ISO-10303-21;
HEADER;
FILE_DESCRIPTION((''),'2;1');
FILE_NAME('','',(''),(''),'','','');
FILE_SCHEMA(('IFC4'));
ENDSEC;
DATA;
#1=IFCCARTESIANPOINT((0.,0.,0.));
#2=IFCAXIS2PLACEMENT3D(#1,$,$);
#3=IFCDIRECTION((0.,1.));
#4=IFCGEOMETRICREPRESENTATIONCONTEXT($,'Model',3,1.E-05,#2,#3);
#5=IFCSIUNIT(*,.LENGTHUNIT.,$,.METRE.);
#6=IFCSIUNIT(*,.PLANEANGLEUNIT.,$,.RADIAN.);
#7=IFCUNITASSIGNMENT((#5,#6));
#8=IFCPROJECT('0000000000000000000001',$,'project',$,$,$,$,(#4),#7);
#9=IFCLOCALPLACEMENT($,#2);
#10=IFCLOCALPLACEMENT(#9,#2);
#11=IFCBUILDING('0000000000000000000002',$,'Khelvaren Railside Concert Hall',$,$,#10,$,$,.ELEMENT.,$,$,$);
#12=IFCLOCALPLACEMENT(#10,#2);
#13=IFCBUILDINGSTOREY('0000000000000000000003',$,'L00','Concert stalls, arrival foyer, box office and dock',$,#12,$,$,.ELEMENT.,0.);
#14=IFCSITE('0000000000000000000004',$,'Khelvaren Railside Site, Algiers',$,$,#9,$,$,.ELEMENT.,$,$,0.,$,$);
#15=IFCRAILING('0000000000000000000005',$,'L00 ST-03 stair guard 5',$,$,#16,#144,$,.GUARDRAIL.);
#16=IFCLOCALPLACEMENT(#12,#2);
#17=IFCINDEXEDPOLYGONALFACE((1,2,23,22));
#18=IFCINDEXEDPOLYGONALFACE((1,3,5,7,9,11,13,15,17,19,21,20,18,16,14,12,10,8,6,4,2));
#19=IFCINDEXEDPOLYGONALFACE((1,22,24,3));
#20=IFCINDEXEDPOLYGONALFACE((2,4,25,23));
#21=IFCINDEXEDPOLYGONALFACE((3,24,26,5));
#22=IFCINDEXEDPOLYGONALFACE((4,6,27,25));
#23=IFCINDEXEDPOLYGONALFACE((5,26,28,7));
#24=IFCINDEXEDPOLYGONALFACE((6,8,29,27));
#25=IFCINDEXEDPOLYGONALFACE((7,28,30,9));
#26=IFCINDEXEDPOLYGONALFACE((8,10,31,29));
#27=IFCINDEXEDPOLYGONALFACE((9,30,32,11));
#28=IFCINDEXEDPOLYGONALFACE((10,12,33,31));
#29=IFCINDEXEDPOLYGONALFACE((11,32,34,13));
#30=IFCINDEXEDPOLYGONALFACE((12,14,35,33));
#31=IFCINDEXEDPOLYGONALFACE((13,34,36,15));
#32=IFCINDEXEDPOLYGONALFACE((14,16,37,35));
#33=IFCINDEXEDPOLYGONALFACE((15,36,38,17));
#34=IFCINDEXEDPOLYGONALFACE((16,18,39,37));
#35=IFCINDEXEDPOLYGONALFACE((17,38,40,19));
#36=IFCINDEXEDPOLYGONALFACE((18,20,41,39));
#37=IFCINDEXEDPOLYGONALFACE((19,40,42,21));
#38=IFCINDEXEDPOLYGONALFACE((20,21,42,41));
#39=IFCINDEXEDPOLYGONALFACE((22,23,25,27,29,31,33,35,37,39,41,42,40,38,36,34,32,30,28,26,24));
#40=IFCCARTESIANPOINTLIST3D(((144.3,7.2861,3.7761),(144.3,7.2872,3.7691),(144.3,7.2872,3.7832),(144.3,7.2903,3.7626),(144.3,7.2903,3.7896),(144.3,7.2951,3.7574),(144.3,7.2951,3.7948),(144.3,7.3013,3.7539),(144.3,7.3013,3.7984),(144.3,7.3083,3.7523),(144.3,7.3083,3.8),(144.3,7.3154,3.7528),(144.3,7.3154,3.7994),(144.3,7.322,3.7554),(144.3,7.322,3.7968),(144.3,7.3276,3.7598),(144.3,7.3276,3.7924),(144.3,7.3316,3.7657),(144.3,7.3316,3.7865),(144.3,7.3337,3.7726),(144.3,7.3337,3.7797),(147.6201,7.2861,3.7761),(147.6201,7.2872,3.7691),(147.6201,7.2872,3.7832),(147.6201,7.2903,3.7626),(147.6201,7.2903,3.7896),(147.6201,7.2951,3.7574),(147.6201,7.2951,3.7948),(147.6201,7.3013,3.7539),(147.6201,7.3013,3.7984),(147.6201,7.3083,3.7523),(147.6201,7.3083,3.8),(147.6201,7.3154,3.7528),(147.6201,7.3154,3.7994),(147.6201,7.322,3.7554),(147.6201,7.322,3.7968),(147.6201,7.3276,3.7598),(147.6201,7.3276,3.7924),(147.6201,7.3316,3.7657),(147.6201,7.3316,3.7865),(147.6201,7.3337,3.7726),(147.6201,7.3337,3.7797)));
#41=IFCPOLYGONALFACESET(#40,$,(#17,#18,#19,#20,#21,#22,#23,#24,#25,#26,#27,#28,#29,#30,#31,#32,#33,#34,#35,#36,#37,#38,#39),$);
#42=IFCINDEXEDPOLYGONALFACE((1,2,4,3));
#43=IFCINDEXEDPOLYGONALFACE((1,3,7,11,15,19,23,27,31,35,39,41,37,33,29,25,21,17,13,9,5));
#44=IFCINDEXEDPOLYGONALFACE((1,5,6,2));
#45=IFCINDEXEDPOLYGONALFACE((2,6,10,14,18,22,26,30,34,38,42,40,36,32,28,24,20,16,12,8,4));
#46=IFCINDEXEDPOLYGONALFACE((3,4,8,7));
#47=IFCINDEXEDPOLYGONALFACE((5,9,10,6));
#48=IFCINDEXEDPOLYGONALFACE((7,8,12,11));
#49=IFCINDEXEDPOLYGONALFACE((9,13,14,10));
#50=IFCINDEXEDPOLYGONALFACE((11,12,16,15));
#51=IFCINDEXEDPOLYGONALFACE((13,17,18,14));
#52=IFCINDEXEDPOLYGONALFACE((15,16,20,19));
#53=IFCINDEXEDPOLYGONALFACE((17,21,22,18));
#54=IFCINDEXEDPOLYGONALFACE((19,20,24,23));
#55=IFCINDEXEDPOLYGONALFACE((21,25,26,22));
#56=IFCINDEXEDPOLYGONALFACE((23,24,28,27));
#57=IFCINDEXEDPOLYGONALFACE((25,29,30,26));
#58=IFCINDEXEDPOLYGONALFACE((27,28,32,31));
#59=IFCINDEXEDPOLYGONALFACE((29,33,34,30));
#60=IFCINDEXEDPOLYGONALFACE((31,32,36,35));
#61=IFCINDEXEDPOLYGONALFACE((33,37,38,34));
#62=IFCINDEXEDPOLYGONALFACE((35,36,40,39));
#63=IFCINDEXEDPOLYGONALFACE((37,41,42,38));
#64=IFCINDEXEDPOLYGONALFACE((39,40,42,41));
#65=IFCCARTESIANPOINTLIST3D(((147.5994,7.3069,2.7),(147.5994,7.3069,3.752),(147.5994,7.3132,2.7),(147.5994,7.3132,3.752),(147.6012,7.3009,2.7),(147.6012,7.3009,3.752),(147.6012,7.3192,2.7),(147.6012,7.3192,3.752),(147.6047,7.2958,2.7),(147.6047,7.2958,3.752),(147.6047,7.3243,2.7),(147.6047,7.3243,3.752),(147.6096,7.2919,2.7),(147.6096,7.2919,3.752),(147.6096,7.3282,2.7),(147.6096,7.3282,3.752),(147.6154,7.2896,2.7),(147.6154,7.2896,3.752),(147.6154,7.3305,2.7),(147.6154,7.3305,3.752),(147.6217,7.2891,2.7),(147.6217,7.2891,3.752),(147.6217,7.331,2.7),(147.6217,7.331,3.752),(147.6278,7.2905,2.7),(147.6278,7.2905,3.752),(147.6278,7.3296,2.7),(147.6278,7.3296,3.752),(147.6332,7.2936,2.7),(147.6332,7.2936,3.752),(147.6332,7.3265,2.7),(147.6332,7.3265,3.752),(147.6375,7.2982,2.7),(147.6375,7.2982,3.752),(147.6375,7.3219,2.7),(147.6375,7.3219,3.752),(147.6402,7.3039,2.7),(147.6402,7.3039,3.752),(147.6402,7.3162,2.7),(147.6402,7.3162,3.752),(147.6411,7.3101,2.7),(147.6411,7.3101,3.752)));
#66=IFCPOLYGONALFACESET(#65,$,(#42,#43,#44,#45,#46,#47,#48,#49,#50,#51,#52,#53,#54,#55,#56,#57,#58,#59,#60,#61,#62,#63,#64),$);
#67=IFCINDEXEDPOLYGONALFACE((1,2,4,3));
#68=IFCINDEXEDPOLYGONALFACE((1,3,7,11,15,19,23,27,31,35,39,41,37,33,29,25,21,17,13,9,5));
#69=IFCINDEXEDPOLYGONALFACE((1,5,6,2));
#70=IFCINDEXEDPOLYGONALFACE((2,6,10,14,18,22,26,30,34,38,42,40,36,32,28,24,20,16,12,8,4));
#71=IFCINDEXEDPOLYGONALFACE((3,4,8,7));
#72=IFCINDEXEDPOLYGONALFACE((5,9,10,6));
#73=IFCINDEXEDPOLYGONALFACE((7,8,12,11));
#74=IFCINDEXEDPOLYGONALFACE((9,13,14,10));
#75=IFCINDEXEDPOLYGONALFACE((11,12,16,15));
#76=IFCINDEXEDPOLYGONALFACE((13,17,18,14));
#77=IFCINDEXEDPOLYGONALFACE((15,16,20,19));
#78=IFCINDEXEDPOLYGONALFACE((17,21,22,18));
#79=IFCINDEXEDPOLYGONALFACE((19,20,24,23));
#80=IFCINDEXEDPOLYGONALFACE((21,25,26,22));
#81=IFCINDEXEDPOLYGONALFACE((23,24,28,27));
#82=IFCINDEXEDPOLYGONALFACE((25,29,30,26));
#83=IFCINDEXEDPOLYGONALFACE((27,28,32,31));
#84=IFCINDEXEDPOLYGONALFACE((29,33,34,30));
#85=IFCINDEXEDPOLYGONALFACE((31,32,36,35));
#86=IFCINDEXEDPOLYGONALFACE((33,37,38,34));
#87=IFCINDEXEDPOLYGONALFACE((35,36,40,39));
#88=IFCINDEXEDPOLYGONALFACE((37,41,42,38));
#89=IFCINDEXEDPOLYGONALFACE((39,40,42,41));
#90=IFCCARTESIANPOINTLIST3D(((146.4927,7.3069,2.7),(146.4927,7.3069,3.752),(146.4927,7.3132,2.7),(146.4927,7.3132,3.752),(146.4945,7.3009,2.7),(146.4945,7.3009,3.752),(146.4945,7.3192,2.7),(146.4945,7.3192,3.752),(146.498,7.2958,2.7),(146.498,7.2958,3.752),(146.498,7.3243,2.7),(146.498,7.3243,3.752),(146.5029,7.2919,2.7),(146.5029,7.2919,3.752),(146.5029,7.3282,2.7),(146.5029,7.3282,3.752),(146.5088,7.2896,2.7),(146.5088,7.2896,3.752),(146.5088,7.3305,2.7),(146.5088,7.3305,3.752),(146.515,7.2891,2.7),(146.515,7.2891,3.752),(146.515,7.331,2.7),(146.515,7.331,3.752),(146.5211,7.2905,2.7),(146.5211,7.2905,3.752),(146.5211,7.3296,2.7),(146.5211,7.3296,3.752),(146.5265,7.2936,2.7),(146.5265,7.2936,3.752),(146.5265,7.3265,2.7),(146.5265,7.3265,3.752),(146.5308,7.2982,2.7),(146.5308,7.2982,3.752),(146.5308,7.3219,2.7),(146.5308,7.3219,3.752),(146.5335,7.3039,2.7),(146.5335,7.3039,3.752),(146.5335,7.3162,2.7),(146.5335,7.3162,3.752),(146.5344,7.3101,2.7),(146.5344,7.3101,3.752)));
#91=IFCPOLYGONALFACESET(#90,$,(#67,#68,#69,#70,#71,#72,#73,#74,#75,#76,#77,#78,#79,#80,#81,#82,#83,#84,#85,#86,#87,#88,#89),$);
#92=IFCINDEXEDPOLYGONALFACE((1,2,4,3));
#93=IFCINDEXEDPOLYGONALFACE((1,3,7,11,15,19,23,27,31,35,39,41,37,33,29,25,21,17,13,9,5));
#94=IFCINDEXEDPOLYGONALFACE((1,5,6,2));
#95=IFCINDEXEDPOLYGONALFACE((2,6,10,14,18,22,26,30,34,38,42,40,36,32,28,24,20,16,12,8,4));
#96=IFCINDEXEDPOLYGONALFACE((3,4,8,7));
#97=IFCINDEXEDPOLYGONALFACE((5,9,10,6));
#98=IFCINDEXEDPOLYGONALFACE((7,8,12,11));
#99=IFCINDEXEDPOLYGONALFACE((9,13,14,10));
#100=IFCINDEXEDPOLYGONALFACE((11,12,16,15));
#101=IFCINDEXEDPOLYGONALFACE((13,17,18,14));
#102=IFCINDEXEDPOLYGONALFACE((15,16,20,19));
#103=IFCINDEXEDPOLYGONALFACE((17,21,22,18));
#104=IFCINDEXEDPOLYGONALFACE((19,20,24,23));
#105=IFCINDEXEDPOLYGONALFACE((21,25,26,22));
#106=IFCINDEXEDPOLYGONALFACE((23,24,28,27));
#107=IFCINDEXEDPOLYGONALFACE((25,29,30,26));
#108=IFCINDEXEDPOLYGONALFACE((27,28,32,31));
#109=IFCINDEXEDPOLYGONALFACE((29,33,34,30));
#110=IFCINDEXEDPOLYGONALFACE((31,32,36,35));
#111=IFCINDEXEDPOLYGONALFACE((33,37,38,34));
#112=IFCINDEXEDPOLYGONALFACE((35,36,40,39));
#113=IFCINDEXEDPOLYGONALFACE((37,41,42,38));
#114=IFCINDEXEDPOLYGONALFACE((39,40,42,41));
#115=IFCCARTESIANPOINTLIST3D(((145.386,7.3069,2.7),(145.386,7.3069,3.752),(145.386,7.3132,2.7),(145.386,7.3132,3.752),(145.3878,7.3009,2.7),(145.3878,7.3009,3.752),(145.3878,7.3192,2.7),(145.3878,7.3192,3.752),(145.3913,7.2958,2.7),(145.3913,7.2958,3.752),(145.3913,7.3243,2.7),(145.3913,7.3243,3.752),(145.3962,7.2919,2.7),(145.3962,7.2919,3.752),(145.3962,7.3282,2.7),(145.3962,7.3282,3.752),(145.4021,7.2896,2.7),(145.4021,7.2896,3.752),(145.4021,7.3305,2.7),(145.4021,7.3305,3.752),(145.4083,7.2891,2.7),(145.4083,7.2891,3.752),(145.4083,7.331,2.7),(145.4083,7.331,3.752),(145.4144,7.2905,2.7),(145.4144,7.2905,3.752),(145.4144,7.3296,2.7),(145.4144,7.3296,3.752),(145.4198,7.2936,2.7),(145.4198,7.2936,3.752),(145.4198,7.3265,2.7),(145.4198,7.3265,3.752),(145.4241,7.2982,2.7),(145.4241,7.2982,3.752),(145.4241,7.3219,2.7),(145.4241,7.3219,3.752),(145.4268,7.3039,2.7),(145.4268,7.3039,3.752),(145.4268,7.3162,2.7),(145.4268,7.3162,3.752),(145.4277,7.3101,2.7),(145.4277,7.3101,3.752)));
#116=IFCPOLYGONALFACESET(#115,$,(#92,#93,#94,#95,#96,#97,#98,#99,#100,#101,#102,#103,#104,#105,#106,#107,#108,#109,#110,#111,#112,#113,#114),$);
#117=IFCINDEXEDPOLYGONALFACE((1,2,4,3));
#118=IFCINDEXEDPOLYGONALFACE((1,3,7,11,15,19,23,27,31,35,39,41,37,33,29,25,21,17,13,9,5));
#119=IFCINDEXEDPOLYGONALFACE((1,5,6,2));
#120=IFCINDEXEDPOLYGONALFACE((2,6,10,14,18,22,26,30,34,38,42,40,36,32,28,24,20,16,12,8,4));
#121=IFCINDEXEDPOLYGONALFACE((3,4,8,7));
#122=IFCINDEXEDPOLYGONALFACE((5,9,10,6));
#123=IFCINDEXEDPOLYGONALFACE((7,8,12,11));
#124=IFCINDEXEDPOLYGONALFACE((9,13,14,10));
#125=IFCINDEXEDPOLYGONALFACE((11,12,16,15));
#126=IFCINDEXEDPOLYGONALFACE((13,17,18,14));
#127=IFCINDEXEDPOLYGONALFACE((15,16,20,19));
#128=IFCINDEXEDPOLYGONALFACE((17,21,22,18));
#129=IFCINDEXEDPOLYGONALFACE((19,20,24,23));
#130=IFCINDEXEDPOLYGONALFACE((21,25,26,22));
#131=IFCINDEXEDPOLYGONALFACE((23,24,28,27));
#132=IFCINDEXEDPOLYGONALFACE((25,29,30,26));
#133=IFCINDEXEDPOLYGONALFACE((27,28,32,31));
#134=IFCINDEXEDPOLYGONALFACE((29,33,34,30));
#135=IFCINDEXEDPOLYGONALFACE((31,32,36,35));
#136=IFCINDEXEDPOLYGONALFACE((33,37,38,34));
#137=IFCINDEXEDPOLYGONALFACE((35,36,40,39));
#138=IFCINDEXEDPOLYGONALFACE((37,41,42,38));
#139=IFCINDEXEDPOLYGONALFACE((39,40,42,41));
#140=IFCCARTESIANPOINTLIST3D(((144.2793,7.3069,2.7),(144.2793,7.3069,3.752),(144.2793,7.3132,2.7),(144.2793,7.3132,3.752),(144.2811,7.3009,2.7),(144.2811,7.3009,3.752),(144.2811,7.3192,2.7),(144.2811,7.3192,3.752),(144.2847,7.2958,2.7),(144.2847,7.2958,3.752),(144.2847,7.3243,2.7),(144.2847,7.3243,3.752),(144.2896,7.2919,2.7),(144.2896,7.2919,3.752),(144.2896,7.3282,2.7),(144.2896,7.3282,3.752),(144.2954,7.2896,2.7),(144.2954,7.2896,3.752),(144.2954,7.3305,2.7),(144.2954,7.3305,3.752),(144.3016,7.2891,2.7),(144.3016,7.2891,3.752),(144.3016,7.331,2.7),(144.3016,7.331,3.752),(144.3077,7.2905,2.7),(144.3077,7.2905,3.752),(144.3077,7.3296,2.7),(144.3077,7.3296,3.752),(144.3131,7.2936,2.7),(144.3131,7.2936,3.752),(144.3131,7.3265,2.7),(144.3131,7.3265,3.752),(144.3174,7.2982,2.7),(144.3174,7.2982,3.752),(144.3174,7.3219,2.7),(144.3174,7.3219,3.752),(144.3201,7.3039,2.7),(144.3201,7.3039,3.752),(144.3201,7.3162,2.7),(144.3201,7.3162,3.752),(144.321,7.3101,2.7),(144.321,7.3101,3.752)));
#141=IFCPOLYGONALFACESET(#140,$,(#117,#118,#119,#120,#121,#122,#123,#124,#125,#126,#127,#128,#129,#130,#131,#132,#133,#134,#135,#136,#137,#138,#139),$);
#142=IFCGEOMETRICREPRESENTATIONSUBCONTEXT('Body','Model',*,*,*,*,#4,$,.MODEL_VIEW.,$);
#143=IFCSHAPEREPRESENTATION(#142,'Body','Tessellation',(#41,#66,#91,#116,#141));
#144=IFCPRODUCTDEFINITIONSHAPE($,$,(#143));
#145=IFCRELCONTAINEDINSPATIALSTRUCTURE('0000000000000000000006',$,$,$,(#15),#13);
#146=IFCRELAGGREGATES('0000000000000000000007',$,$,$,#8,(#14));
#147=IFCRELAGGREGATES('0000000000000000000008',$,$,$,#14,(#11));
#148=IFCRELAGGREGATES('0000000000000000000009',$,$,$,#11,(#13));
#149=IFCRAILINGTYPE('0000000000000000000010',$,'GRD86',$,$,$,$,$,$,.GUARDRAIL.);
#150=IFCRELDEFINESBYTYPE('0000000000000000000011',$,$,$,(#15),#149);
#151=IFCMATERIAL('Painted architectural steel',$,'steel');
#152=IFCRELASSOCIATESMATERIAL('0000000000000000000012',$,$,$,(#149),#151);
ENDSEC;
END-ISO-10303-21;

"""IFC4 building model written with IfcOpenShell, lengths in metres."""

from ifc_helpers import new_model, si_unit, direction, frame, origin, origin_2d, place, context, subcontext, project, spatial, circle, extrude, material, type_object, element, save


model = new_model("IFC4")

# Units and contexts
model_context = context("Model", 3, precision=1e-05, world=origin(), true_north=direction((0.0, 1.0)))
body_context = subcontext(model_context, "Body", "Model", "MODEL_VIEW")
ifc_project = project(units=[si_unit("LENGTHUNIT", "METRE"), si_unit("PLANEANGLEUNIT", "RADIAN")], contexts=[model_context])

# Site, building, storey
site_placement = place(None, origin())
site = spatial("IfcSite", under=ifc_project, at=site_placement, Name="Khelvaren Railside Site, Algiers", CompositionType="ELEMENT", RefElevation=0.0)
building_placement = place(site_placement, origin())
building = spatial("IfcBuilding", under=site, at=building_placement, Name="Khelvaren Railside Concert Hall", CompositionType="ELEMENT")
storey_placement = place(building_placement, origin())
storey = spatial("IfcBuildingStorey", under=building, at=storey_placement, Name="L00", Description="Concert stalls, arrival foyer, box office and dock", CompositionType="ELEMENT", Elevation=0.0)

# Railing
ifc_material_1 = material(Name="Painted architectural steel", Category="steel")
railing_type_1 = type_object("IfcRailingType", Name="GRD86", PredefinedType="GUARDRAIL", material=ifc_material_1)
railing_1_placement = place(storey_placement, frame((147.6201, 7.3101, 2.7)))
element("IfcRailing", 1, at=railing_1_placement, inside=storey, type_object=railing_type_1, Name="L00 ST-03 stair guard 5", PredefinedType="GUARDRAIL", context=body_context, shape_type="SweptSolid", body=[
    extrude(circle(Radius=0.0239, at=origin_2d()), frame((0.0, 0.0, 1.0762), z_axis=(-1.0, 0.0, 0.0), x_axis=(0.0, -1.0, 0.0)), (0.0, 0.0, 1.0), 3.3201),
    extrude(circle(Radius=0.021, at=origin_2d()), origin(), (0.0, 0.0, 1.0), 1.052),
    extrude(circle(Radius=0.021, at=origin_2d()), frame((-1.1067, 0.0, 0.0)), (0.0, 0.0, 1.0), 1.052),
    extrude(circle(Radius=0.021, at=origin_2d()), frame((-2.2134, 0.0, 0.0)), (0.0, 0.0, 1.0), 1.052),
    extrude(circle(Radius=0.021, at=origin_2d()), frame((-3.3201, 0.0, 0.0)), (0.0, 0.0, 1.0), 1.052),
])

save(model, "model.ifc")
